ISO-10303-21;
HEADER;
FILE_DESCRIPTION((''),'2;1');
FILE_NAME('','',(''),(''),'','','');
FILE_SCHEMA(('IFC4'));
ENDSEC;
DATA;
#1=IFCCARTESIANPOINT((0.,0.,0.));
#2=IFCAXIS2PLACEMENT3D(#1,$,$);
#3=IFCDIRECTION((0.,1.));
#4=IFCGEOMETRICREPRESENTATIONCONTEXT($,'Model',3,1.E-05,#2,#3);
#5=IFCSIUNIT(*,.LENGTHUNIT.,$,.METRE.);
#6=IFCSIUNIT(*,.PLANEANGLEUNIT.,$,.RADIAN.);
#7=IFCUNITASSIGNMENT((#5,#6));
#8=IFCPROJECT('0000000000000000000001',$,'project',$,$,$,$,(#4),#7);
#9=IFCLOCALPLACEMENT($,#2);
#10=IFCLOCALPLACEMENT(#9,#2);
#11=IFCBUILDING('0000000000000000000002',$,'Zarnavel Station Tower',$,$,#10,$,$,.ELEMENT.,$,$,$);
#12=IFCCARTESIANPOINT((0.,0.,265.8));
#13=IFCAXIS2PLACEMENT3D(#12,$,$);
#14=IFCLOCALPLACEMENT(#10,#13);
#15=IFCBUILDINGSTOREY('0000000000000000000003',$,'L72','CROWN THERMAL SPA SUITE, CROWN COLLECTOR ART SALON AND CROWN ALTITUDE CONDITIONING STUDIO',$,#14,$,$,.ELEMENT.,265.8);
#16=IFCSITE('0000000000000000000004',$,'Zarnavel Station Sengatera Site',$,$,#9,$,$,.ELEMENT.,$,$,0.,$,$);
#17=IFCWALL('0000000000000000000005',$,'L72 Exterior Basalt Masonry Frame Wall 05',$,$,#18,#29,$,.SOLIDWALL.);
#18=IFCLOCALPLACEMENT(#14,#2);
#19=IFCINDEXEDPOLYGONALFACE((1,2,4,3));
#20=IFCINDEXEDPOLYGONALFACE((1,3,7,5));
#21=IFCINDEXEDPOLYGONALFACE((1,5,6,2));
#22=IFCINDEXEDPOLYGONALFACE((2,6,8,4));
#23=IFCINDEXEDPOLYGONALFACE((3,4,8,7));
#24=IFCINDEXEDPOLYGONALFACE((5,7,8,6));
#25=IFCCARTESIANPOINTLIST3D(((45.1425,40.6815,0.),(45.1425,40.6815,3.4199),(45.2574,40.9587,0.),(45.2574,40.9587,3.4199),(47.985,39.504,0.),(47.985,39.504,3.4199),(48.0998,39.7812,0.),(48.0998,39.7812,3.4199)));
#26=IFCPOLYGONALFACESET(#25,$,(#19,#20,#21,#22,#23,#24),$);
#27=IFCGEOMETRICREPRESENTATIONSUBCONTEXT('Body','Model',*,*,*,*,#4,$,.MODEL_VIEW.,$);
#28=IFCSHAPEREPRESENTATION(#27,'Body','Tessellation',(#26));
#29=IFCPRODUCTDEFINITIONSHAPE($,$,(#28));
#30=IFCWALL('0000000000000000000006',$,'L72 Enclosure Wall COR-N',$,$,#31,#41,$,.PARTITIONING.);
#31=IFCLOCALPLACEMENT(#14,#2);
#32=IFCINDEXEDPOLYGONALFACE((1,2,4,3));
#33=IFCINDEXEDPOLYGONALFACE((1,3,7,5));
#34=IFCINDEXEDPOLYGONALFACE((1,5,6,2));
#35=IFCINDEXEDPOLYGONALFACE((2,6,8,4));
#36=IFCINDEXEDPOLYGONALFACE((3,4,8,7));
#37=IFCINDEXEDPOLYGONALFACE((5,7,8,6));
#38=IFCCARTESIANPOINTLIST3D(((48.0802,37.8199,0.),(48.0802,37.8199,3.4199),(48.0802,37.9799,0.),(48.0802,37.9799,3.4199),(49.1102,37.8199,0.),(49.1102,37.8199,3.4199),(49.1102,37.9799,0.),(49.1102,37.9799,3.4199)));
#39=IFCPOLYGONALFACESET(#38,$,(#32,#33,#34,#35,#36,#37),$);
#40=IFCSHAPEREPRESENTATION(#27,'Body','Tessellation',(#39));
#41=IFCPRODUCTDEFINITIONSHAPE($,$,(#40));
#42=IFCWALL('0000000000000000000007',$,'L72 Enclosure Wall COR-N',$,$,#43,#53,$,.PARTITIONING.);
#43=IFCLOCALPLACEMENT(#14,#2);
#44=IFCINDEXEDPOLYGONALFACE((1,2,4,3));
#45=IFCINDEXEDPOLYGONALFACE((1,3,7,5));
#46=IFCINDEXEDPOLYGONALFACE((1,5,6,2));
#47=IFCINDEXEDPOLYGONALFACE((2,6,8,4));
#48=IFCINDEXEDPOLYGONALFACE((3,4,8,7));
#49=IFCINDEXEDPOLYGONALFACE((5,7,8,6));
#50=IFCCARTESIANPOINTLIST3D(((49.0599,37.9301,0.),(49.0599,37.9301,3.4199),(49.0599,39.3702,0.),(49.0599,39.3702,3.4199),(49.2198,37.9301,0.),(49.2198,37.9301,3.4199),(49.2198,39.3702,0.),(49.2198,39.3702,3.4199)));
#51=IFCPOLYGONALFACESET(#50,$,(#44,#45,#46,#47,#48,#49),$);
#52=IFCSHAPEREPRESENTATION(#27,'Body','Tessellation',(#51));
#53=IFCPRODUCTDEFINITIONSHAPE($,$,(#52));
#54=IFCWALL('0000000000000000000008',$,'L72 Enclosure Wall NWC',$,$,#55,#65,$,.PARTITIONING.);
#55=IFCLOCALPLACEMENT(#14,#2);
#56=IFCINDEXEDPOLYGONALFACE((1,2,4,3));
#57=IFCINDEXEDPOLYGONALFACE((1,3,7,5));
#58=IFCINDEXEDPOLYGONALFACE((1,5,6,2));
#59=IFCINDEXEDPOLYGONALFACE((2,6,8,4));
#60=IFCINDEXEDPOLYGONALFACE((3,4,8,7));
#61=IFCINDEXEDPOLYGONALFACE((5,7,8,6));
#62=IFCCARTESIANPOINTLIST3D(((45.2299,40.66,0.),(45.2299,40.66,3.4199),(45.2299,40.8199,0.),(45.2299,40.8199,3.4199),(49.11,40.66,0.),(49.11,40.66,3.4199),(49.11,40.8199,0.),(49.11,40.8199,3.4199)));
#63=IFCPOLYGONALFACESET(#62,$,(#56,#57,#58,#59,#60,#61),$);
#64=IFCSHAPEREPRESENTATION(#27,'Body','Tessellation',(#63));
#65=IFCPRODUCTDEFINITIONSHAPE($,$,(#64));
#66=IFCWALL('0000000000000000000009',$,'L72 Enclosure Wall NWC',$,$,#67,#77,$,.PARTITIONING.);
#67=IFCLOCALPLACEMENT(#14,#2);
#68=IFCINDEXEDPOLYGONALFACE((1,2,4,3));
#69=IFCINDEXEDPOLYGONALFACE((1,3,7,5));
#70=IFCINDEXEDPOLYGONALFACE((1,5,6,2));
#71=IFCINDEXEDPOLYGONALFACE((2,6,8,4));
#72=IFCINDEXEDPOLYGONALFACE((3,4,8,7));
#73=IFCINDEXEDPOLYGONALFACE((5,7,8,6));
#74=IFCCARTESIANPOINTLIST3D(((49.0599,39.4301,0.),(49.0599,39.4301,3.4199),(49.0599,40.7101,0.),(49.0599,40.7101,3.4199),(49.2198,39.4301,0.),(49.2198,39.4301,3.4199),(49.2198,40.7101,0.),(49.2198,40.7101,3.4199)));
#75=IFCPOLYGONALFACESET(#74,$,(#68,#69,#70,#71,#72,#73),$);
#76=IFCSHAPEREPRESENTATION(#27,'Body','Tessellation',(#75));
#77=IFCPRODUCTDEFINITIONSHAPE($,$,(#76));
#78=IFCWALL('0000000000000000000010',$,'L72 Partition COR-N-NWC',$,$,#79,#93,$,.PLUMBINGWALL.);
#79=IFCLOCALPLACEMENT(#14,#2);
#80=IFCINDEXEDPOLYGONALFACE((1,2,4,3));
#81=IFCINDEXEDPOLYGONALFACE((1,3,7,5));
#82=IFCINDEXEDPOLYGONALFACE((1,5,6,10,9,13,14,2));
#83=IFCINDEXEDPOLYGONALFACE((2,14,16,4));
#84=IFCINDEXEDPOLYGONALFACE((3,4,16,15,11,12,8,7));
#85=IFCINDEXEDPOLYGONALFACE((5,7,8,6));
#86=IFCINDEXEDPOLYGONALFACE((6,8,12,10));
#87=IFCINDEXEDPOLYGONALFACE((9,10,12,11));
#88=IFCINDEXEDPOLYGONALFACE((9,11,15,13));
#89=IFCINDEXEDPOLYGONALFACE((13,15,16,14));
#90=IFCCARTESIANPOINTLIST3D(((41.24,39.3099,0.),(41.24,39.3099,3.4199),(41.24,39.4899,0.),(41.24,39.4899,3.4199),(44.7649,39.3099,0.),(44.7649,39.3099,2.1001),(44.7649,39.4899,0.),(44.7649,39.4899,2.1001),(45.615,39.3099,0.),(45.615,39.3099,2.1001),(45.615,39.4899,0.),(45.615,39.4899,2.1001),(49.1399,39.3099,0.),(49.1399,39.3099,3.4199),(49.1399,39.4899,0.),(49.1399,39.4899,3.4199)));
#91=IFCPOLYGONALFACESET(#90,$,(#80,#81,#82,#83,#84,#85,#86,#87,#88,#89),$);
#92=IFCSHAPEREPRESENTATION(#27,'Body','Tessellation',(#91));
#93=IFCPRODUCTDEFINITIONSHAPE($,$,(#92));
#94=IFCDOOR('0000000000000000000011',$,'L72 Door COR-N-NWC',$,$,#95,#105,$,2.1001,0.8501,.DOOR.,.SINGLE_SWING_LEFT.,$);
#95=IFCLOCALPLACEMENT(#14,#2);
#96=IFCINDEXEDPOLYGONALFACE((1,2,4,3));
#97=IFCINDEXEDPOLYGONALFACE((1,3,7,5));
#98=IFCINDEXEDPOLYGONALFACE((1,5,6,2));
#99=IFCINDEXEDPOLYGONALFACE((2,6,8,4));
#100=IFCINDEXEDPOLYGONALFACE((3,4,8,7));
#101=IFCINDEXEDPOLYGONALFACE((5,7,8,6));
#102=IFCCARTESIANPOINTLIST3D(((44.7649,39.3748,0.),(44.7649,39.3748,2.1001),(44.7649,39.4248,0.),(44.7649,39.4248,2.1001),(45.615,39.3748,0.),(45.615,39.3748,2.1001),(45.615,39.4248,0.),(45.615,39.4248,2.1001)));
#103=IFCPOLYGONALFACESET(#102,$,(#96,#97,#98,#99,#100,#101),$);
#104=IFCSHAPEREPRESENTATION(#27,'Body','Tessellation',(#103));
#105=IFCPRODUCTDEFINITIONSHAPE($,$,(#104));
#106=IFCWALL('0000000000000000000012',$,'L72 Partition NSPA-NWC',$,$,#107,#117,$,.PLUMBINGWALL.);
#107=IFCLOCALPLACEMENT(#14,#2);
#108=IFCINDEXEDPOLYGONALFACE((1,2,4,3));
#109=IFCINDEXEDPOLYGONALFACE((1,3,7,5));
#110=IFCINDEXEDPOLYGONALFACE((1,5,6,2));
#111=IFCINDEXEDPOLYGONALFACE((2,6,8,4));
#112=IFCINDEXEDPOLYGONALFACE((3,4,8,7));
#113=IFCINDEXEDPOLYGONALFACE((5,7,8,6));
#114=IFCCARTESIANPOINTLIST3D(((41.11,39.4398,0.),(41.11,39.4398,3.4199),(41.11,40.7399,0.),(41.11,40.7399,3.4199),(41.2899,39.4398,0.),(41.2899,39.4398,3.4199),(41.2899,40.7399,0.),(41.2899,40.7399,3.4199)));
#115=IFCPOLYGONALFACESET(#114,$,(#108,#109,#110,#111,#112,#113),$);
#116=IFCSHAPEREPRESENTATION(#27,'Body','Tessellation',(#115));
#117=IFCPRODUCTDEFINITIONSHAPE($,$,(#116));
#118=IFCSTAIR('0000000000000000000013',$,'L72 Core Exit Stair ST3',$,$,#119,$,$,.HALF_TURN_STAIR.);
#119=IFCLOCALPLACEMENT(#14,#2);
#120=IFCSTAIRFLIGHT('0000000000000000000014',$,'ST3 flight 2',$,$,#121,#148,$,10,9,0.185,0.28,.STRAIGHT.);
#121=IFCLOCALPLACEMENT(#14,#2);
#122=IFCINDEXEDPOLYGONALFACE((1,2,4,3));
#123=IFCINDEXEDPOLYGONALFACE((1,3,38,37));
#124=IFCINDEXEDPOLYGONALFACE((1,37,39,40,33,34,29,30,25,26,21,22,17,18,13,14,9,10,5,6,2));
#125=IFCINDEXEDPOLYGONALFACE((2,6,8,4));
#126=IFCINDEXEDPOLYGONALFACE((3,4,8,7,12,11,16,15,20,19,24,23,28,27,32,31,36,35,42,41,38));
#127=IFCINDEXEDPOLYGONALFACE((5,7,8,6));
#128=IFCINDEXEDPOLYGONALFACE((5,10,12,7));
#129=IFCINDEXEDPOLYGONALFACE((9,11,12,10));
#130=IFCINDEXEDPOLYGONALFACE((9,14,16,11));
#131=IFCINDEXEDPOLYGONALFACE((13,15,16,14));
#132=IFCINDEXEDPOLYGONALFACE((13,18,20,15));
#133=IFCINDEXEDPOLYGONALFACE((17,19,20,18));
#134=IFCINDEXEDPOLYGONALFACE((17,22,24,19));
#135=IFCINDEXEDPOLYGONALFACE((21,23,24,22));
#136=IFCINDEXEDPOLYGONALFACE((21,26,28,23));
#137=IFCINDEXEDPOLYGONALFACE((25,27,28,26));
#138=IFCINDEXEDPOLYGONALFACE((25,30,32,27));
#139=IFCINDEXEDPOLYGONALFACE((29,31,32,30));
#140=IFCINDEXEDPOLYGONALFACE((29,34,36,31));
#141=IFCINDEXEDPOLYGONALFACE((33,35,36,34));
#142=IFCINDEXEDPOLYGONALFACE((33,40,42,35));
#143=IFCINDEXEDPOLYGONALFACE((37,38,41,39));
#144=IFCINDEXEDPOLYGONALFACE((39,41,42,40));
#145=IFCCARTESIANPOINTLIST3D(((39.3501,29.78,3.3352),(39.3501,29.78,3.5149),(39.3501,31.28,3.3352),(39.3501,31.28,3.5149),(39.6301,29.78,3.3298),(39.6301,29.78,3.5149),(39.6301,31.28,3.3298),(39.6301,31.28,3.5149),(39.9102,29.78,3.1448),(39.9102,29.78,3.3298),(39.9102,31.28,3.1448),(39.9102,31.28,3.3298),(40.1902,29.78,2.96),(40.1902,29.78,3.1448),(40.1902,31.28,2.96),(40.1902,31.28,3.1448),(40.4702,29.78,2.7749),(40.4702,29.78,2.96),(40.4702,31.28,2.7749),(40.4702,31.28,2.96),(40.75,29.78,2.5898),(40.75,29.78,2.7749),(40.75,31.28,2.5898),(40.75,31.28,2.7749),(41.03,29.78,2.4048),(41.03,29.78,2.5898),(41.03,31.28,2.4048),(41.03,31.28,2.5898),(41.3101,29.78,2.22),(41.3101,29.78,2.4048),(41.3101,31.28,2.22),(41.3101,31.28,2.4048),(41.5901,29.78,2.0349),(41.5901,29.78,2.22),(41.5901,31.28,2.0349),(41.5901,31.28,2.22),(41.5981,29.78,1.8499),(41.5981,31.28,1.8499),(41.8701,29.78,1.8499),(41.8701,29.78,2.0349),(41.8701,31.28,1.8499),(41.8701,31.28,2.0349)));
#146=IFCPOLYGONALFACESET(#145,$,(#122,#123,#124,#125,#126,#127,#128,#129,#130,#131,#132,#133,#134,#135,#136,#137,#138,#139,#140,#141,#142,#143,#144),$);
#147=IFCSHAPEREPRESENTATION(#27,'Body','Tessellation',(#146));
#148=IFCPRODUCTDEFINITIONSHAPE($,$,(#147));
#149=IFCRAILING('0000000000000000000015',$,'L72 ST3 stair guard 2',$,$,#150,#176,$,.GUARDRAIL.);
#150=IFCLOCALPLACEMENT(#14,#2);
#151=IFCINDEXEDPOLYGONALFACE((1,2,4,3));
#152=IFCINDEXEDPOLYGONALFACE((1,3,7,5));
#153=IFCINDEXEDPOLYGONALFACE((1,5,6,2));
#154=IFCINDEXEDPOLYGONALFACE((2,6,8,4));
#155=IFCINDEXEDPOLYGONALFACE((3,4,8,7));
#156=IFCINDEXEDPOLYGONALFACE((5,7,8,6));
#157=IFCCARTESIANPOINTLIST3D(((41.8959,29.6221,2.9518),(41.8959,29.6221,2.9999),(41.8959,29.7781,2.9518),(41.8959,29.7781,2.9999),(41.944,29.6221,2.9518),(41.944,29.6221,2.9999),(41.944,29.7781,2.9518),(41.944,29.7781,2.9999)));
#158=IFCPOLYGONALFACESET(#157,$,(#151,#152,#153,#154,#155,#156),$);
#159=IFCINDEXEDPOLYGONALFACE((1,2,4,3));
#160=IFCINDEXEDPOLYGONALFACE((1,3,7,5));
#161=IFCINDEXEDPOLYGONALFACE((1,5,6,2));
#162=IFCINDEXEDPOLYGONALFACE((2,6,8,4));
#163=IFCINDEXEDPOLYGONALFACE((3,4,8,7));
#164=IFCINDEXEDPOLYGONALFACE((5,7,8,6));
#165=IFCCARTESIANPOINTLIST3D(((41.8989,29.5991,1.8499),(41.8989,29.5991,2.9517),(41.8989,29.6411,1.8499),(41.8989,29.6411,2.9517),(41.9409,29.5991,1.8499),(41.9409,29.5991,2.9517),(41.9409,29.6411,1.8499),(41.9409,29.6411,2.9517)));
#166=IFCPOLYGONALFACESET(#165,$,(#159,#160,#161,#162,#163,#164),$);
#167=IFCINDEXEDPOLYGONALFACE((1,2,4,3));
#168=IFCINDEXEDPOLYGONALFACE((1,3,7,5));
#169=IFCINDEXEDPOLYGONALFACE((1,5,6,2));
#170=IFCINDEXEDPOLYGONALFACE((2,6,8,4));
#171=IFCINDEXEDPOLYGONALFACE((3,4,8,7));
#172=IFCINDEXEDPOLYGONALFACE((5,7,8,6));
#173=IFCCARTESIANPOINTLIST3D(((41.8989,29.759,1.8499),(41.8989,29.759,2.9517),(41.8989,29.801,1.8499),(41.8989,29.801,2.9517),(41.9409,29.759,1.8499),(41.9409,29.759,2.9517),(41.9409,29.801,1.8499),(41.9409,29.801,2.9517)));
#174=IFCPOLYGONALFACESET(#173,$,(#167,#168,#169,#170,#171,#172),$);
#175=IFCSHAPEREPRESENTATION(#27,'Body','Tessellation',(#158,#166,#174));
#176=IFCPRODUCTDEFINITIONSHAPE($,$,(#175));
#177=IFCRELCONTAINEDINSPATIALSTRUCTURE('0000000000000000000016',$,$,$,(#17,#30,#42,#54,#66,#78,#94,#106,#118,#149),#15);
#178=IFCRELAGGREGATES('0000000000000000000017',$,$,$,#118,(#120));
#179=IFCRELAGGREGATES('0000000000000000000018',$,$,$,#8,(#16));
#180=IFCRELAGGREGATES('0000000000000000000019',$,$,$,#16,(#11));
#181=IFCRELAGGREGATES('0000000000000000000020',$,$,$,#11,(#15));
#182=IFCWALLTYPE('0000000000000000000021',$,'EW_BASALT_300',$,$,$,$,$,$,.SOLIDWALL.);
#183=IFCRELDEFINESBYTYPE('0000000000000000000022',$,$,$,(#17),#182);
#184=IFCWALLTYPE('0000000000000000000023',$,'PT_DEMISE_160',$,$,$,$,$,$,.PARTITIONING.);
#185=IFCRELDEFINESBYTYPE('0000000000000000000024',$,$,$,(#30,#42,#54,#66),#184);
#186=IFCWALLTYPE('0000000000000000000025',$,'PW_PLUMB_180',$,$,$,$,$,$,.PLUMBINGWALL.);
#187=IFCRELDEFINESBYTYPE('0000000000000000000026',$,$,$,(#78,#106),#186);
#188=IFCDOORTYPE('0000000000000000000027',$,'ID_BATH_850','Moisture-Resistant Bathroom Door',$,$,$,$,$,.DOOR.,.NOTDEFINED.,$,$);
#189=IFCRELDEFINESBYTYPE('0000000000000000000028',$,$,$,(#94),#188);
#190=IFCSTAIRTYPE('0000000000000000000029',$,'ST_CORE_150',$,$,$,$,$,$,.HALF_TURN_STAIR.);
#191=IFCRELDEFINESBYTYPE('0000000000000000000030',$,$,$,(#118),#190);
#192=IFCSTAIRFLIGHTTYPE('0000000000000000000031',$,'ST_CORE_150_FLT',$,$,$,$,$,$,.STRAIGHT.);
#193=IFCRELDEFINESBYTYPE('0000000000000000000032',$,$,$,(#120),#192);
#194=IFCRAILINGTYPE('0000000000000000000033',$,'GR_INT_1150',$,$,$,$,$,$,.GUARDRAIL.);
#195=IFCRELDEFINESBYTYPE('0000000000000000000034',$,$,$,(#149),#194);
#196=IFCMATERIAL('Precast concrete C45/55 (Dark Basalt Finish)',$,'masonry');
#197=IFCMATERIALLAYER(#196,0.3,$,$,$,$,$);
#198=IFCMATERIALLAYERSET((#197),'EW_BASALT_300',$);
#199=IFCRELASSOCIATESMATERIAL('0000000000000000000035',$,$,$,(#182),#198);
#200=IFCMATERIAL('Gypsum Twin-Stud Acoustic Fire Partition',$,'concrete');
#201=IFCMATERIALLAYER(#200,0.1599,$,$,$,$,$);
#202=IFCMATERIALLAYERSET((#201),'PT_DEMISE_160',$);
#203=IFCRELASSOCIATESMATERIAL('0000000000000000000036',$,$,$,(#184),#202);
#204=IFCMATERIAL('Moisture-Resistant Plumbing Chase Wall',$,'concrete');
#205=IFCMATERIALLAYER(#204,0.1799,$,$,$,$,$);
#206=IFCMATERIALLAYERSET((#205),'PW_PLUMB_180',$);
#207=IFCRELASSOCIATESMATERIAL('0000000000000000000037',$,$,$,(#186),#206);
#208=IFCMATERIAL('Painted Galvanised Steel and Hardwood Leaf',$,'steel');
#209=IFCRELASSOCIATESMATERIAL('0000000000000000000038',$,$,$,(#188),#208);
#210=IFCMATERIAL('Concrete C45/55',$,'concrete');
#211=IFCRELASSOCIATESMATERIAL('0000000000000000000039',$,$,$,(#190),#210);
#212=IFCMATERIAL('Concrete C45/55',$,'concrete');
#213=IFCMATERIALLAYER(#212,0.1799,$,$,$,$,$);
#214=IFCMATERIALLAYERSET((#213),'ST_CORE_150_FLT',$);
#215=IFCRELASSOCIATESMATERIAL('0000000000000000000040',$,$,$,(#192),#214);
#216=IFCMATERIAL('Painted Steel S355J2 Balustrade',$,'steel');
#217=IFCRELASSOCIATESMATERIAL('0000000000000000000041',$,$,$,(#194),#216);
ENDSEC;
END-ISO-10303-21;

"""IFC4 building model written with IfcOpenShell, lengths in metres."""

from ifc_helpers import new_model, si_unit, direction, frame, frame_2d, origin, origin_2d, place, context, subcontext, project, spatial, polyline, rectangle, outline, extrude, material, layer, layer_set, type_object, element, fill, aggregate, save


model = new_model("IFC4")

# Units and contexts
model_context = context("Model", 3, precision=1e-05, world=origin(), true_north=direction((0.0, 1.0)))
body_context = subcontext(model_context, "Body", "Model", "MODEL_VIEW")
ifc_project = project(units=[si_unit("LENGTHUNIT", "METRE"), si_unit("PLANEANGLEUNIT", "RADIAN")], contexts=[model_context])

# Site, building, storey
site_placement = place(None, origin())
site = spatial("IfcSite", under=ifc_project, at=site_placement, Name="Zarnavel Station Sengatera Site", CompositionType="ELEMENT", RefElevation=0.0)
building_placement = place(site_placement, origin())
building = spatial("IfcBuilding", under=site, at=building_placement, Name="Zarnavel Station Tower", CompositionType="ELEMENT")
storey_placement = place(building_placement, frame((0.0, 0.0, 265.8)))
storey = spatial("IfcBuildingStorey", under=building, at=storey_placement, Name="L72", Description="CROWN THERMAL SPA SUITE, CROWN COLLECTOR ART SALON AND CROWN ALTITUDE CONDITIONING STUDIO", CompositionType="ELEMENT", Elevation=265.8)

# Shared definitions
ifc_material_1 = material(Name="Precast concrete C45/55 (Dark Basalt Finish)", Category="masonry")
ifc_layer_1 = layer(ifc_material_1, 0.3)
ifc_layer_set_1 = layer_set([ifc_layer_1], Name="EW_BASALT_300")
wall_type_1 = type_object("IfcWallType", Name="EW_BASALT_300", PredefinedType="SOLIDWALL", material=ifc_layer_set_1)

# Walls
for number, where, z_axis, x_axis, name in (
    (1, (45.2, 40.8201, 0.0), (0.0, 0.0, 1.0), (0.923871, -0.382705, 0.0), "L72 Exterior Basalt Masonry Frame Wall 05"),
):
    element("IfcWall", number, at=place(storey_placement, frame(where, z_axis=z_axis, x_axis=x_axis)), inside=storey, type_object=wall_type_1, Name=name, PredefinedType="SOLIDWALL", context=body_context, shape_type="SweptSolid", body=[
        extrude(rectangle(XDim=3.0767, YDim=0.3, at=frame_2d((1.5383, 0.0))), origin(), (0.0, 0.0, 1.0), 3.4199),
    ])
ifc_material_2 = material(Name="Gypsum Twin-Stud Acoustic Fire Partition", Category="concrete")
ifc_layer_2 = layer(ifc_material_2, 0.1599)
ifc_layer_set_2 = layer_set([ifc_layer_2], Name="PT_DEMISE_160")
wall_type_2 = type_object("IfcWallType", Name="PT_DEMISE_160", PredefinedType="PARTITIONING", material=ifc_layer_set_2)
wall_1_placement = place(storey_placement, frame((48.0801, 37.8999, 0.0), z_axis=(0.0, 0.0, 1.0), x_axis=(1.0, 0.0, 0.0)))
element("IfcWall", 2, at=wall_1_placement, inside=storey, type_object=wall_type_2, Name="L72 Enclosure Wall COR-N", PredefinedType="PARTITIONING", context=body_context, shape_type="SweptSolid", body=[
    extrude(rectangle(XDim=1.03, YDim=0.1599, at=frame_2d((0.5151, 0.0))), origin(), (0.0, 0.0, 1.0), 3.4199),
])
wall_2_placement = place(storey_placement, frame((49.1399, 37.9299, 0.0), z_axis=(0.0, 0.0, 1.0), x_axis=(0.0, 1.0, 0.0)))
element("IfcWall", 3, at=wall_2_placement, inside=storey, type_object=wall_type_2, Name="L72 Enclosure Wall COR-N", PredefinedType="PARTITIONING", context=body_context, shape_type="SweptSolid", body=[
    extrude(rectangle(XDim=1.4402, YDim=0.1599, at=frame_2d((0.7202, 0.0))), origin(), (0.0, 0.0, 1.0), 3.4199),
])
wall_3_placement = place(storey_placement, frame((45.23, 40.74, 0.0), z_axis=(0.0, 0.0, 1.0), x_axis=(1.0, 0.0, 0.0)))
element("IfcWall", 4, at=wall_3_placement, inside=storey, type_object=wall_type_2, Name="L72 Enclosure Wall NWC", PredefinedType="PARTITIONING", context=body_context, shape_type="SweptSolid", body=[
    extrude(rectangle(XDim=3.8801, YDim=0.1599, at=frame_2d((1.9399, 0.0))), origin(), (0.0, 0.0, 1.0), 3.4199),
])
wall_4_placement = place(storey_placement, frame((49.1399, 39.4299, 0.0), z_axis=(0.0, 0.0, 1.0), x_axis=(0.0, 1.0, 0.0)))
element("IfcWall", 5, at=wall_4_placement, inside=storey, type_object=wall_type_2, Name="L72 Enclosure Wall NWC", PredefinedType="PARTITIONING", context=body_context, shape_type="SweptSolid", body=[
    extrude(rectangle(XDim=1.28, YDim=0.1599, at=frame_2d((0.6401, 0.0))), origin(), (0.0, 0.0, 1.0), 3.4199),
])

# Wall, opening, door
ifc_material_3 = material(Name="Moisture-Resistant Plumbing Chase Wall", Category="concrete")
ifc_layer_3 = layer(ifc_material_3, 0.1799)
ifc_layer_set_3 = layer_set([ifc_layer_3], Name="PW_PLUMB_180")
wall_type_3 = type_object("IfcWallType", Name="PW_PLUMB_180", PredefinedType="PLUMBINGWALL", material=ifc_layer_set_3)
wall_5_placement = place(storey_placement, frame((41.24, 39.3999, 0.0), z_axis=(0.0, 0.0, 1.0), x_axis=(1.0, 0.0, 0.0)))
wall_5 = element("IfcWall", 6, at=wall_5_placement, inside=storey, type_object=wall_type_3, Name="L72 Partition COR-N-NWC", PredefinedType="PLUMBINGWALL", context=body_context, shape_type="SweptSolid", body=[
    extrude(rectangle(XDim=7.8999, YDim=0.1799, at=frame_2d((3.95, 0.0))), origin(), (0.0, 0.0, 1.0), 3.4199),
])
opening_1_placement = place(wall_5_placement, frame((3.5249, 0.0, 0.0)))
opening_1 = element("IfcOpeningElement", 7, at=opening_1_placement, cuts=wall_5, PredefinedType="OPENING", context=body_context, shape_type="SweptSolid", body=[
    extrude(rectangle(XDim=0.8501, YDim=2.1001, at=frame_2d((0.425, 1.05))), frame((0.0, 0.0999, 0.0), z_axis=(0.0, -1.0, 0.0), x_axis=(1.0, 0.0, 0.0)), (0.0, 0.0, 1.0), 0.2),
])
ifc_material_4 = material(Name="Painted Galvanised Steel and Hardwood Leaf", Category="steel")
door_type_1 = type_object("IfcDoorType", Name="ID_BATH_850", Description="Moisture-Resistant Bathroom Door", OperationType="NOTDEFINED", PredefinedType="DOOR", material=ifc_material_4)
door_1_placement = place(opening_1_placement, origin())
door_1 = element("IfcDoor", 8, at=door_1_placement, inside=storey, type_object=door_type_1, Name="L72 Door COR-N-NWC", OperationType="SINGLE_SWING_LEFT", OverallHeight=2.1001, OverallWidth=0.8501, PredefinedType="DOOR", context=body_context, shape_type="SweptSolid", body=[
    extrude(rectangle(XDim=0.8501, YDim=2.1001, at=frame_2d((0.425, 1.05))), frame((0.0, 0.0249, 0.0), z_axis=(0.0, -1.0, 0.0), x_axis=(1.0, 0.0, 0.0)), (0.0, 0.0, 1.0), 0.05),
])
fill(opening_1, door_1)

# Wall
wall_6_placement = place(storey_placement, frame((41.2, 39.4399, 0.0), z_axis=(0.0, 0.0, 1.0), x_axis=(0.0, 1.0, 0.0)))
element("IfcWall", 9, at=wall_6_placement, inside=storey, type_object=wall_type_3, Name="L72 Partition NSPA-NWC", PredefinedType="PLUMBINGWALL", context=body_context, shape_type="SweptSolid", body=[
    extrude(rectangle(XDim=1.3, YDim=0.1799, at=frame_2d((0.6499, 0.0))), origin(), (0.0, 0.0, 1.0), 3.4199),
])

# Stair, stair flight
ifc_material_5 = material(Name="Concrete C45/55", Category="concrete")
stair_type = type_object("IfcStairType", Name="ST_CORE_150", PredefinedType="HALF_TURN_STAIR", material=ifc_material_5)
stair_placement = place(storey_placement, origin())
stair = element("IfcStair", 10, at=stair_placement, inside=storey, type_object=stair_type, Name="L72 Core Exit Stair ST3", PredefinedType="HALF_TURN_STAIR")
ifc_material_6 = material(Name="Concrete C45/55", Category="concrete")
ifc_layer_4 = layer(ifc_material_6, 0.1799)
ifc_layer_set_4 = layer_set([ifc_layer_4], Name="ST_CORE_150_FLT")
stair_flight_type = type_object("IfcStairFlightType", Name="ST_CORE_150_FLT", PredefinedType="STRAIGHT", material=ifc_layer_set_4)
stair_flight_placement = place(storey_placement, frame((41.8701, 30.53, 1.8499), z_axis=(0.0, 0.0, 1.0), x_axis=(-1.0, 0.0, 0.0)))
stair_flight = element("IfcStairFlight", 11, at=stair_flight_placement, type_object=stair_flight_type, Name="ST3 flight 2", NumberOfRisers=10, NumberOfTreads=9, PredefinedType="STRAIGHT", RiserHeight=0.185, TreadLength=0.28, context=body_context, shape_type="SweptSolid", body=[
    extrude(outline(polyline([(0.0, 0.0), (0.0, 0.1851), (0.28, 0.1851), (0.28, 0.3701), (0.5601, 0.3701), (0.5601, 0.5549), (0.8401, 0.5549), (0.8401, 0.74), (1.1201, 0.74), (1.1201, 0.925), (1.3999, 0.925), (1.3999, 1.1101), (1.6799, 1.1101), (1.6799, 1.2949), (1.96, 1.2949), (1.96, 1.48), (2.24, 1.48), (2.24, 1.665), (2.52, 1.665), (2.52, 1.8501), (2.52, 1.4854), (0.272, 0.0), (0.0, 0.0)])), frame((0.0, 0.75, 0.0), z_axis=(0.0, -1.0, 0.0), x_axis=(1.0, 0.0, 0.0)), (0.0, 0.0, 1.0), 1.5),
])
aggregate(stair, [stair_flight])

# Railing
ifc_material_7 = material(Name="Painted Steel S355J2 Balustrade", Category="steel")
railing_type_1 = type_object("IfcRailingType", Name="GR_INT_1150", PredefinedType="GUARDRAIL", material=ifc_material_7)
railing_1_placement = place(storey_placement, frame((41.9199, 29.6201, 1.8499)))
element("IfcRailing", 12, at=railing_1_placement, inside=storey, type_object=railing_type_1, Name="L72 ST3 stair guard 2", PredefinedType="GUARDRAIL", context=body_context, shape_type="SweptSolid", body=[
    extrude(rectangle(XDim=0.0481, YDim=0.0481, at=origin_2d()), frame((0.0, 0.002, 1.126), z_axis=(0.0, 1.0, 0.0), x_axis=(-1.0, 0.0, 0.0)), (0.0, 0.0, 1.0), 0.156),
    extrude(rectangle(XDim=0.042, YDim=0.042, at=origin_2d()), origin(), (0.0, 0.0, 1.0), 1.1018),
    extrude(rectangle(XDim=0.042, YDim=0.042, at=origin_2d()), frame((0.0, 0.1599, 0.0)), (0.0, 0.0, 1.0), 1.1018),
])

save(model, "model.ifc")
